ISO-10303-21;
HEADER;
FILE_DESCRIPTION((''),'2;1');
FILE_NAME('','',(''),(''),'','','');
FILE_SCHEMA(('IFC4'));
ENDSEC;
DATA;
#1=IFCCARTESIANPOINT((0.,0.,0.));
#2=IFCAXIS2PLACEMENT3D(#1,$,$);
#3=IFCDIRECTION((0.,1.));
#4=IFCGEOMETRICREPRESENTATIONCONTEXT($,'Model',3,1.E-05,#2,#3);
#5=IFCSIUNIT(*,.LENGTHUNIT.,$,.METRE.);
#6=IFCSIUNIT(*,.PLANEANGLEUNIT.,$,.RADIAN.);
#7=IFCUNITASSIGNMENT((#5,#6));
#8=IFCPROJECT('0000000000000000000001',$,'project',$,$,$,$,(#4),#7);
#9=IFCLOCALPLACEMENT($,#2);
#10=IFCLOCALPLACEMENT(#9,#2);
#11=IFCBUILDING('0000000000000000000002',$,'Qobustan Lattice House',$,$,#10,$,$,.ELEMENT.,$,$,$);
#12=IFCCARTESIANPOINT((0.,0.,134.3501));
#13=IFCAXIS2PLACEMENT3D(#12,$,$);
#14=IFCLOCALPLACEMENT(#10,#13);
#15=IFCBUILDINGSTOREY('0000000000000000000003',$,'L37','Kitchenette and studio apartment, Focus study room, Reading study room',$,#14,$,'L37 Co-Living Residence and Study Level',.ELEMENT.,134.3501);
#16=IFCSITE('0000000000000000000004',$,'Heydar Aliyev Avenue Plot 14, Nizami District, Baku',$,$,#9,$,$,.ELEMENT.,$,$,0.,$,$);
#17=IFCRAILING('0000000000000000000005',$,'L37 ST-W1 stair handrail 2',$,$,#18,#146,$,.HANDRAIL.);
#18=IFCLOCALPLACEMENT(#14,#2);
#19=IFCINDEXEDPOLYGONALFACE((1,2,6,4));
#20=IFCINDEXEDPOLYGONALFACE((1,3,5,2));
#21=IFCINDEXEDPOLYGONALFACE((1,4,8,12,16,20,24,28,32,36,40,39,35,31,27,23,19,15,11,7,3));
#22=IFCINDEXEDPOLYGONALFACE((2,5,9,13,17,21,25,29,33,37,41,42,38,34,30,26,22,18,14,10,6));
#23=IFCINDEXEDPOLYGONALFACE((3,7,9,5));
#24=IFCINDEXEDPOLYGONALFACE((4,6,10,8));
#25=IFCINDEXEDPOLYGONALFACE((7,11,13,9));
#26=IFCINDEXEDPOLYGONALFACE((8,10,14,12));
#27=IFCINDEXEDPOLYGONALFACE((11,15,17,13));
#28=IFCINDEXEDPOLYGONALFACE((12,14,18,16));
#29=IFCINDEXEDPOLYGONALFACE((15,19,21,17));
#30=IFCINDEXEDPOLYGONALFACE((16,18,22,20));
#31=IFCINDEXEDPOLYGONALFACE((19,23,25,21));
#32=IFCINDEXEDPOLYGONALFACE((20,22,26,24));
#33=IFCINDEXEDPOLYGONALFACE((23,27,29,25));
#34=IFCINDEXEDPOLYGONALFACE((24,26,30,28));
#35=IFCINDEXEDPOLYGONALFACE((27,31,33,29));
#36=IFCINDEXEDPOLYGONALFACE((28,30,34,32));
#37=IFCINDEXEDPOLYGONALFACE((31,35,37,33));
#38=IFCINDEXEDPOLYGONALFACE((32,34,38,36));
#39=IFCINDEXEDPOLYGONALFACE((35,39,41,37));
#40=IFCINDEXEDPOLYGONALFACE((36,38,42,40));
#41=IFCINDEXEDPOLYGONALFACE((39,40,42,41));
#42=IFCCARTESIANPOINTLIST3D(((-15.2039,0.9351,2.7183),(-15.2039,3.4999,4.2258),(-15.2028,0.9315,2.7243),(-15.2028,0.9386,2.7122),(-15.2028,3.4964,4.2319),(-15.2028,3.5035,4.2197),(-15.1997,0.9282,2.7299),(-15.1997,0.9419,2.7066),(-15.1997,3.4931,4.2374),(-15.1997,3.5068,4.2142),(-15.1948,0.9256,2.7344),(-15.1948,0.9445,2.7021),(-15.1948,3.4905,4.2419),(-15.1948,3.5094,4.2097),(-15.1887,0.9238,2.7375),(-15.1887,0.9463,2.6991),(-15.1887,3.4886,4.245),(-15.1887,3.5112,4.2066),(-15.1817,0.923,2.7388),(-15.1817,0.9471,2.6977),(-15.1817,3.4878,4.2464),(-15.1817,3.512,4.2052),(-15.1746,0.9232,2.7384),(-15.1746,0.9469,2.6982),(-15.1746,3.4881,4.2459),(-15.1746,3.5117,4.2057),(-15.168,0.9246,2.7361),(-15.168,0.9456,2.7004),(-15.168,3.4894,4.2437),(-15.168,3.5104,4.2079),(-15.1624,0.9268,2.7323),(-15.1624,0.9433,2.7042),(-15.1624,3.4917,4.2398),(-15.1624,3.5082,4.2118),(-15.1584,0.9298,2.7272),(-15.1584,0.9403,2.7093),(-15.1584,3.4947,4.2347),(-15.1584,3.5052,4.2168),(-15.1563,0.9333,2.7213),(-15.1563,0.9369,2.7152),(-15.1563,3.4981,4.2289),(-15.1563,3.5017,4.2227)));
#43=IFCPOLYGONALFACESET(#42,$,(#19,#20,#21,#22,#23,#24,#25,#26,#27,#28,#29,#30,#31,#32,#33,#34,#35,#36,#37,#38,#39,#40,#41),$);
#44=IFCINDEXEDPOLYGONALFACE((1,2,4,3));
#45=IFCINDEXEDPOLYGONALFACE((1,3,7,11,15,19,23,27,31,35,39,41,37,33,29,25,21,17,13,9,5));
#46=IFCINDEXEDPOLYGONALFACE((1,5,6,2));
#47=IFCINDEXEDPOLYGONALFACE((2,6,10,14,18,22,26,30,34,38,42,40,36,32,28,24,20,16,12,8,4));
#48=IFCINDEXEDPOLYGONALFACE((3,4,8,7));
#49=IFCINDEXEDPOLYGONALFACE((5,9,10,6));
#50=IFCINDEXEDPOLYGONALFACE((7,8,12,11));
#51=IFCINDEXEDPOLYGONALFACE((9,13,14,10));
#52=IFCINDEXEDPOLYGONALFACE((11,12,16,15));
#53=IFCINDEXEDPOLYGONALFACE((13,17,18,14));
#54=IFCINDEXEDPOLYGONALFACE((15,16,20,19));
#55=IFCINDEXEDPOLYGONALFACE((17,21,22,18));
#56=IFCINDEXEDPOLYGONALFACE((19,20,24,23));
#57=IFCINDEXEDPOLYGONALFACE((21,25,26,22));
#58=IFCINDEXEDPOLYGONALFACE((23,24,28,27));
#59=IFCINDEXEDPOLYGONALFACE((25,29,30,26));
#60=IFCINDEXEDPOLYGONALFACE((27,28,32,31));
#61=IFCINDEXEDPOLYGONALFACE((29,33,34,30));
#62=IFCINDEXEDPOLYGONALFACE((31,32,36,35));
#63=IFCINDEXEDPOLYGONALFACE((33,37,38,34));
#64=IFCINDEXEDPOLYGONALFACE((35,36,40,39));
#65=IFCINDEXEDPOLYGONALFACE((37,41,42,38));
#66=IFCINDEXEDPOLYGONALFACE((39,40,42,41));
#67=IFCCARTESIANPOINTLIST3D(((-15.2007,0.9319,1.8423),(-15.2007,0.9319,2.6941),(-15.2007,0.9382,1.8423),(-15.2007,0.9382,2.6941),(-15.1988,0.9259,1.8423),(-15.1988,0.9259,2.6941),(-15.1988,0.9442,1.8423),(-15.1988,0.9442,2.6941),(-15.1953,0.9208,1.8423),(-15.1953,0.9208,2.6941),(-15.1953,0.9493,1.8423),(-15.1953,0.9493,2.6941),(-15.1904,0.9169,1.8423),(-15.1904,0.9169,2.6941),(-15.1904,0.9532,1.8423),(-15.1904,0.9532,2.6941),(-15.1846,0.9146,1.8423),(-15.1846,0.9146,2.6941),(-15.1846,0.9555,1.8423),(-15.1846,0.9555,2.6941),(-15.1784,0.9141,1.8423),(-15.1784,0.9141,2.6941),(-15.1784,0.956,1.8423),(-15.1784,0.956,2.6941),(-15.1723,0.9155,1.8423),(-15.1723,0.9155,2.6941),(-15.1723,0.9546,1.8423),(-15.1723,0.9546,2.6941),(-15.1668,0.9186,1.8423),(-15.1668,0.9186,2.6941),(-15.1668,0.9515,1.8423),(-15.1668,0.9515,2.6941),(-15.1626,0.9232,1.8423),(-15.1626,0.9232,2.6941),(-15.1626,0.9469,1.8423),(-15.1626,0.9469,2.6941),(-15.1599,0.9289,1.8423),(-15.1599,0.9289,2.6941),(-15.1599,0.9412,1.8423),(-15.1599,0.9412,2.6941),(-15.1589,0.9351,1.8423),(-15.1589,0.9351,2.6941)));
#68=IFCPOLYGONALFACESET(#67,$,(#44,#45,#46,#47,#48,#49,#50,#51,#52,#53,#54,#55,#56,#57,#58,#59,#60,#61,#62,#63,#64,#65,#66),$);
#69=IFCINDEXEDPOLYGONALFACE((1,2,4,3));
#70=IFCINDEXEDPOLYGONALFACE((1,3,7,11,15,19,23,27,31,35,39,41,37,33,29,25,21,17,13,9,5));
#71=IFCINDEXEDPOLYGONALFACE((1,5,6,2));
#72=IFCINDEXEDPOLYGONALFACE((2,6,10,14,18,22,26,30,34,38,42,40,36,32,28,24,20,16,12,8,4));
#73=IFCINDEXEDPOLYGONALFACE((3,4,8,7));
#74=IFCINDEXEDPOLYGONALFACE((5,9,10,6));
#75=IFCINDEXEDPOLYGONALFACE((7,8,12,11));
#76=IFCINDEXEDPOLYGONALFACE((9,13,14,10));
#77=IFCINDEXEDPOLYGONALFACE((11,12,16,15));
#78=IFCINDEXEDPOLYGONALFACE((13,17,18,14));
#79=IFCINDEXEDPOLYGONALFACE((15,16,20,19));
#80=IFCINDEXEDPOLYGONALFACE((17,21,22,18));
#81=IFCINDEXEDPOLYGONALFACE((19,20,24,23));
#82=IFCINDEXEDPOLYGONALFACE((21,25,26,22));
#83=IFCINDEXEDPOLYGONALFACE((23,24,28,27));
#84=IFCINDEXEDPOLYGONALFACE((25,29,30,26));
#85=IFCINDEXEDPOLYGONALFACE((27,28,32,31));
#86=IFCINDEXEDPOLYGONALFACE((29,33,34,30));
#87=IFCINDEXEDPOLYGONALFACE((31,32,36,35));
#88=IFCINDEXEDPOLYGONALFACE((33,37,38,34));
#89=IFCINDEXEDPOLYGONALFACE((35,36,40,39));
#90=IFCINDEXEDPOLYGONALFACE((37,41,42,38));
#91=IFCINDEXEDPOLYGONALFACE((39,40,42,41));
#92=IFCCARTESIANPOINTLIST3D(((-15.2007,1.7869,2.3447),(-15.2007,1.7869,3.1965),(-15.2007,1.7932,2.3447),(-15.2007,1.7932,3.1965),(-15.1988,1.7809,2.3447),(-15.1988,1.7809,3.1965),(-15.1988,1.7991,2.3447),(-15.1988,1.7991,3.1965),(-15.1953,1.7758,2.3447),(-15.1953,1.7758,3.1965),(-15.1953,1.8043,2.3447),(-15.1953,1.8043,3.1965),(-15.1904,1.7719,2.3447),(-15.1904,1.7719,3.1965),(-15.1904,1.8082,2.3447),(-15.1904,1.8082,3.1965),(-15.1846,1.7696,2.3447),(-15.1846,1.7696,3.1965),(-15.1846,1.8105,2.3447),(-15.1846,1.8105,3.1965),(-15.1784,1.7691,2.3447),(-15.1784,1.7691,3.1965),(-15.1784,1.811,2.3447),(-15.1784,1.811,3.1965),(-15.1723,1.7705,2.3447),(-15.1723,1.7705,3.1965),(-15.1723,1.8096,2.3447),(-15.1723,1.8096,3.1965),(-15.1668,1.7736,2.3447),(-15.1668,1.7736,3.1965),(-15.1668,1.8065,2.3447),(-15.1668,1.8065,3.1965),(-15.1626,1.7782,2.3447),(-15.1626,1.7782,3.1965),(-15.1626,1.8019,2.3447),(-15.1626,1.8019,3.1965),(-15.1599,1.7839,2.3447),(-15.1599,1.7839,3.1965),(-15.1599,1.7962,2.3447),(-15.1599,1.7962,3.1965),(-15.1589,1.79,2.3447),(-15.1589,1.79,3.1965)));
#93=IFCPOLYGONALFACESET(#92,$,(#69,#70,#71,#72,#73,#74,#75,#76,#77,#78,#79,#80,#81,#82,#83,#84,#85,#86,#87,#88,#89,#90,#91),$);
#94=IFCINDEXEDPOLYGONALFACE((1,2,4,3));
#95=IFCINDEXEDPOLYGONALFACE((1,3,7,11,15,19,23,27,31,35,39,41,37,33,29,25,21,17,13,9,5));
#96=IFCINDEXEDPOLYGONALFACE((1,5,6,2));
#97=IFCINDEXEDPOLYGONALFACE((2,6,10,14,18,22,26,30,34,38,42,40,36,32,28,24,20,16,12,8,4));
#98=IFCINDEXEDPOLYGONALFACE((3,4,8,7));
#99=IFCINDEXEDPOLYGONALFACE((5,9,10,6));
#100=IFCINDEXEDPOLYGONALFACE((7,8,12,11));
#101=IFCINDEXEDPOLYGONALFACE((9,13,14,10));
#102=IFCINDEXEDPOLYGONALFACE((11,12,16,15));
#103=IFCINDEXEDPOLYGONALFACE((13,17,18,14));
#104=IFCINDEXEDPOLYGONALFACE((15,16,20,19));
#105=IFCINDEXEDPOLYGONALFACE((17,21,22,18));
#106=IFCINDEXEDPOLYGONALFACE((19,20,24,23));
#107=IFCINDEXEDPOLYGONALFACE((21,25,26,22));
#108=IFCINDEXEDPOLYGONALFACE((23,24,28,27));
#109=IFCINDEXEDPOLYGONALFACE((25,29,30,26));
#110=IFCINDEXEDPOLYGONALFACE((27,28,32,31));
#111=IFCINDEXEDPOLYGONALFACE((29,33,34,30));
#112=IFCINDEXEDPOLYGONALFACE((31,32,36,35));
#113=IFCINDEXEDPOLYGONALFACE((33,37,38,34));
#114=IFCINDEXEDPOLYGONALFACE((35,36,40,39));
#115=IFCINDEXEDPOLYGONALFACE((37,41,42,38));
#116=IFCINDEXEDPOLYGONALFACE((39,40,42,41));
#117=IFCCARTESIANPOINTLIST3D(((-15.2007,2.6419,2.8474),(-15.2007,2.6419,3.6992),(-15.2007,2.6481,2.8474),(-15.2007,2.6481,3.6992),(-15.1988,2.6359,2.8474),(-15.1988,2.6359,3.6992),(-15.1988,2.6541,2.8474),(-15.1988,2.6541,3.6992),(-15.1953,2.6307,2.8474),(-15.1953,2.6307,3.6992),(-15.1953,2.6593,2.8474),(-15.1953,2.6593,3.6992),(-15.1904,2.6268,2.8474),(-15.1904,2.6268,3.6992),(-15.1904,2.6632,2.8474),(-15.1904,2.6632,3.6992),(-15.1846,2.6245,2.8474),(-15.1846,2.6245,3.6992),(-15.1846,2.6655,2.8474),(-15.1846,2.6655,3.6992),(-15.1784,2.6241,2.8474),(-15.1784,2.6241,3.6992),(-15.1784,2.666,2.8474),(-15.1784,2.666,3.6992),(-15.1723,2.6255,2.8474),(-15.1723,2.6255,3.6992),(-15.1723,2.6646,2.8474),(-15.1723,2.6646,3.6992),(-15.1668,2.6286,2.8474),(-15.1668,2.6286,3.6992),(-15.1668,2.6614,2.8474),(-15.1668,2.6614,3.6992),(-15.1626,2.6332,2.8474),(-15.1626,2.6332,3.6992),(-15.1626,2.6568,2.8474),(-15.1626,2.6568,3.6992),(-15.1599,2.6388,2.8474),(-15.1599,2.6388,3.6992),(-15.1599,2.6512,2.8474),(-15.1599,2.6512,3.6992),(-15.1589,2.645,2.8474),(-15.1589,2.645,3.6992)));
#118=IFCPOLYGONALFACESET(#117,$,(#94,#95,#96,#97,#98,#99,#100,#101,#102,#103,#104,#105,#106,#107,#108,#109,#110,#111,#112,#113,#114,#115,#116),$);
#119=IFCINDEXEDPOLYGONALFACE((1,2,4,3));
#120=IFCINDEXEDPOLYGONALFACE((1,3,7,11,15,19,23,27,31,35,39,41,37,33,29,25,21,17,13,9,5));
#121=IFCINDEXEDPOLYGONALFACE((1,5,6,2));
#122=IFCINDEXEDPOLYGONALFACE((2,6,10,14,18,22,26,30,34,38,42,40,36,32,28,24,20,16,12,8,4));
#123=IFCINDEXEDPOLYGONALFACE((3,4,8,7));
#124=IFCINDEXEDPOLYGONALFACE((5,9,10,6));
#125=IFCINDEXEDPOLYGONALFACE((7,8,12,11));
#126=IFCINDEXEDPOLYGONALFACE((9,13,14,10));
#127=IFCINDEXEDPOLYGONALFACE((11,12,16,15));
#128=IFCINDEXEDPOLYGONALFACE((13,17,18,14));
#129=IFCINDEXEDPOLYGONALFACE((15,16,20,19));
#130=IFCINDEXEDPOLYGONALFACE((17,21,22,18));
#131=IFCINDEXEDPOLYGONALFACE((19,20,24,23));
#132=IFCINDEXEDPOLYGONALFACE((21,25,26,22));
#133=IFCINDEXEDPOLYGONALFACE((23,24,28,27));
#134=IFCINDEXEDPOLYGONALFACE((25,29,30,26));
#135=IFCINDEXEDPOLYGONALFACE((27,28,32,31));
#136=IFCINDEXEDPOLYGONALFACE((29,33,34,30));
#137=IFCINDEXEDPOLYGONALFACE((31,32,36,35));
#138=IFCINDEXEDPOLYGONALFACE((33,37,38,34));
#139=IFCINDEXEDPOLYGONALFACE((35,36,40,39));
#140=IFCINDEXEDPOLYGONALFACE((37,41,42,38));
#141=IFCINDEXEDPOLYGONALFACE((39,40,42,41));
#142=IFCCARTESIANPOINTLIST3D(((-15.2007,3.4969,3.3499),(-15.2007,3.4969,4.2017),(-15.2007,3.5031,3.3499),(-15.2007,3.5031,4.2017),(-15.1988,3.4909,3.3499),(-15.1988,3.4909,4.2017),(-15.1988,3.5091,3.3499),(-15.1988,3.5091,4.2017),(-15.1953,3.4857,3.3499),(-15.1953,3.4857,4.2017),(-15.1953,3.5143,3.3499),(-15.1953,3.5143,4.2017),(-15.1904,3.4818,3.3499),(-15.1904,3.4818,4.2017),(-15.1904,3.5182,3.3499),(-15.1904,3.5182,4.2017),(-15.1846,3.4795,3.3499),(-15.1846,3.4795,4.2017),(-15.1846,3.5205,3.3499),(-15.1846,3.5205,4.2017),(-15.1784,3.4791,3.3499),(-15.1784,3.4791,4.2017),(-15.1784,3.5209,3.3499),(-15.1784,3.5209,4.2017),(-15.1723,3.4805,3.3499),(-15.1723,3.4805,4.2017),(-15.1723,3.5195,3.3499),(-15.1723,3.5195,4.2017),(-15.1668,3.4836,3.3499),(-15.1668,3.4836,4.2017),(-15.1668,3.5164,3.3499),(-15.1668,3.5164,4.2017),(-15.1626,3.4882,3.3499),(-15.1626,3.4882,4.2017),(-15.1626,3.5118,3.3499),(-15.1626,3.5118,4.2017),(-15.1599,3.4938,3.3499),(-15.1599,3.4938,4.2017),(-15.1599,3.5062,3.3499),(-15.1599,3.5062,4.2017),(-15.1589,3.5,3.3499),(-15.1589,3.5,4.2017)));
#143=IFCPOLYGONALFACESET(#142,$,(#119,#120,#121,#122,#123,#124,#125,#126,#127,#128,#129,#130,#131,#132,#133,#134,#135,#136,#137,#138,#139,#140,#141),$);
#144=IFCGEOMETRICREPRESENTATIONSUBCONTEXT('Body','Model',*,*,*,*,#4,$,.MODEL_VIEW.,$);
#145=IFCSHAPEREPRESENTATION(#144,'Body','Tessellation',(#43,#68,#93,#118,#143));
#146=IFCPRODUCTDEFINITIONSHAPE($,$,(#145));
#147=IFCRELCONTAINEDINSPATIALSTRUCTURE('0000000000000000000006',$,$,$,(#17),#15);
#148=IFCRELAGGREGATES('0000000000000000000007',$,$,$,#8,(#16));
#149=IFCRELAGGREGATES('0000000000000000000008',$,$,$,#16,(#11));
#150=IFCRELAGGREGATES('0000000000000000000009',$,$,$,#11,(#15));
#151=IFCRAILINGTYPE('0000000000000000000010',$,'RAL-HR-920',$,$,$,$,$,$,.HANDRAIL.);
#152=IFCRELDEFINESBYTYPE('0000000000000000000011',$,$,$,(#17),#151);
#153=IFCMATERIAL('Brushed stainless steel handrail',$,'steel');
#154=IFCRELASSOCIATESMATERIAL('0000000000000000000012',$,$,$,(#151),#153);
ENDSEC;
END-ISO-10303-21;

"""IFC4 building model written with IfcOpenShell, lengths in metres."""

from ifc_helpers import new_model, si_unit, direction, frame, origin, origin_2d, place, context, subcontext, project, spatial, circle, extrude, material, type_object, element, save


model = new_model("IFC4")

# Units and contexts
model_context = context("Model", 3, precision=1e-05, world=origin(), true_north=direction((0.0, 1.0)))
body_context = subcontext(model_context, "Body", "Model", "MODEL_VIEW")
ifc_project = project(units=[si_unit("LENGTHUNIT", "METRE"), si_unit("PLANEANGLEUNIT", "RADIAN")], contexts=[model_context])

# Site, building, storey
site_placement = place(None, origin())
site = spatial("IfcSite", under=ifc_project, at=site_placement, Name="Heydar Aliyev Avenue Plot 14, Nizami District, Baku", CompositionType="ELEMENT", RefElevation=0.0)
building_placement = place(site_placement, origin())
building = spatial("IfcBuilding", under=site, at=building_placement, Name="Qobustan Lattice House", CompositionType="ELEMENT")
storey_placement = place(building_placement, frame((0.0, 0.0, 134.3501)))
storey = spatial("IfcBuildingStorey", under=building, at=storey_placement, Name="L37", Description="Kitchenette and studio apartment, Focus study room, Reading study room", LongName="L37 Co-Living Residence and Study Level", CompositionType="ELEMENT", Elevation=134.3501)

# Railing
ifc_material_1 = material(Name="Brushed stainless steel handrail", Category="steel")
railing_type_1 = type_object("IfcRailingType", Name="RAL-HR-920", PredefinedType="HANDRAIL", material=ifc_material_1)
railing_1_placement = place(storey_placement, frame((-15.1799, 0.9351, 1.8423)))
element("IfcRailing", 1, at=railing_1_placement, inside=storey, type_object=railing_type_1, Name="L37 ST-W1 stair handrail 2", PredefinedType="HANDRAIL", context=body_context, shape_type="SweptSolid", body=[
    extrude(circle(Radius=0.0239, at=origin_2d()), frame((0.0, 0.0, 0.876), z_axis=(0.0, 0.862113, 0.506715), x_axis=(-1.0, 0.0, 0.0)), (0.0, 0.0, 1.0), 2.9751),
    extrude(circle(Radius=0.021, at=origin_2d()), origin(), (0.0, 0.0, 1.0), 0.8518),
    extrude(circle(Radius=0.021, at=origin_2d()), frame((0.0, 0.855, 0.5024)), (0.0, 0.0, 1.0), 0.8518),
    extrude(circle(Radius=0.021, at=origin_2d()), frame((0.0, 1.71, 1.0051)), (0.0, 0.0, 1.0), 0.8518),
    extrude(circle(Radius=0.021, at=origin_2d()), frame((0.0, 2.5649, 1.5076)), (0.0, 0.0, 1.0), 0.8518),
])

save(model, "model.ifc")
